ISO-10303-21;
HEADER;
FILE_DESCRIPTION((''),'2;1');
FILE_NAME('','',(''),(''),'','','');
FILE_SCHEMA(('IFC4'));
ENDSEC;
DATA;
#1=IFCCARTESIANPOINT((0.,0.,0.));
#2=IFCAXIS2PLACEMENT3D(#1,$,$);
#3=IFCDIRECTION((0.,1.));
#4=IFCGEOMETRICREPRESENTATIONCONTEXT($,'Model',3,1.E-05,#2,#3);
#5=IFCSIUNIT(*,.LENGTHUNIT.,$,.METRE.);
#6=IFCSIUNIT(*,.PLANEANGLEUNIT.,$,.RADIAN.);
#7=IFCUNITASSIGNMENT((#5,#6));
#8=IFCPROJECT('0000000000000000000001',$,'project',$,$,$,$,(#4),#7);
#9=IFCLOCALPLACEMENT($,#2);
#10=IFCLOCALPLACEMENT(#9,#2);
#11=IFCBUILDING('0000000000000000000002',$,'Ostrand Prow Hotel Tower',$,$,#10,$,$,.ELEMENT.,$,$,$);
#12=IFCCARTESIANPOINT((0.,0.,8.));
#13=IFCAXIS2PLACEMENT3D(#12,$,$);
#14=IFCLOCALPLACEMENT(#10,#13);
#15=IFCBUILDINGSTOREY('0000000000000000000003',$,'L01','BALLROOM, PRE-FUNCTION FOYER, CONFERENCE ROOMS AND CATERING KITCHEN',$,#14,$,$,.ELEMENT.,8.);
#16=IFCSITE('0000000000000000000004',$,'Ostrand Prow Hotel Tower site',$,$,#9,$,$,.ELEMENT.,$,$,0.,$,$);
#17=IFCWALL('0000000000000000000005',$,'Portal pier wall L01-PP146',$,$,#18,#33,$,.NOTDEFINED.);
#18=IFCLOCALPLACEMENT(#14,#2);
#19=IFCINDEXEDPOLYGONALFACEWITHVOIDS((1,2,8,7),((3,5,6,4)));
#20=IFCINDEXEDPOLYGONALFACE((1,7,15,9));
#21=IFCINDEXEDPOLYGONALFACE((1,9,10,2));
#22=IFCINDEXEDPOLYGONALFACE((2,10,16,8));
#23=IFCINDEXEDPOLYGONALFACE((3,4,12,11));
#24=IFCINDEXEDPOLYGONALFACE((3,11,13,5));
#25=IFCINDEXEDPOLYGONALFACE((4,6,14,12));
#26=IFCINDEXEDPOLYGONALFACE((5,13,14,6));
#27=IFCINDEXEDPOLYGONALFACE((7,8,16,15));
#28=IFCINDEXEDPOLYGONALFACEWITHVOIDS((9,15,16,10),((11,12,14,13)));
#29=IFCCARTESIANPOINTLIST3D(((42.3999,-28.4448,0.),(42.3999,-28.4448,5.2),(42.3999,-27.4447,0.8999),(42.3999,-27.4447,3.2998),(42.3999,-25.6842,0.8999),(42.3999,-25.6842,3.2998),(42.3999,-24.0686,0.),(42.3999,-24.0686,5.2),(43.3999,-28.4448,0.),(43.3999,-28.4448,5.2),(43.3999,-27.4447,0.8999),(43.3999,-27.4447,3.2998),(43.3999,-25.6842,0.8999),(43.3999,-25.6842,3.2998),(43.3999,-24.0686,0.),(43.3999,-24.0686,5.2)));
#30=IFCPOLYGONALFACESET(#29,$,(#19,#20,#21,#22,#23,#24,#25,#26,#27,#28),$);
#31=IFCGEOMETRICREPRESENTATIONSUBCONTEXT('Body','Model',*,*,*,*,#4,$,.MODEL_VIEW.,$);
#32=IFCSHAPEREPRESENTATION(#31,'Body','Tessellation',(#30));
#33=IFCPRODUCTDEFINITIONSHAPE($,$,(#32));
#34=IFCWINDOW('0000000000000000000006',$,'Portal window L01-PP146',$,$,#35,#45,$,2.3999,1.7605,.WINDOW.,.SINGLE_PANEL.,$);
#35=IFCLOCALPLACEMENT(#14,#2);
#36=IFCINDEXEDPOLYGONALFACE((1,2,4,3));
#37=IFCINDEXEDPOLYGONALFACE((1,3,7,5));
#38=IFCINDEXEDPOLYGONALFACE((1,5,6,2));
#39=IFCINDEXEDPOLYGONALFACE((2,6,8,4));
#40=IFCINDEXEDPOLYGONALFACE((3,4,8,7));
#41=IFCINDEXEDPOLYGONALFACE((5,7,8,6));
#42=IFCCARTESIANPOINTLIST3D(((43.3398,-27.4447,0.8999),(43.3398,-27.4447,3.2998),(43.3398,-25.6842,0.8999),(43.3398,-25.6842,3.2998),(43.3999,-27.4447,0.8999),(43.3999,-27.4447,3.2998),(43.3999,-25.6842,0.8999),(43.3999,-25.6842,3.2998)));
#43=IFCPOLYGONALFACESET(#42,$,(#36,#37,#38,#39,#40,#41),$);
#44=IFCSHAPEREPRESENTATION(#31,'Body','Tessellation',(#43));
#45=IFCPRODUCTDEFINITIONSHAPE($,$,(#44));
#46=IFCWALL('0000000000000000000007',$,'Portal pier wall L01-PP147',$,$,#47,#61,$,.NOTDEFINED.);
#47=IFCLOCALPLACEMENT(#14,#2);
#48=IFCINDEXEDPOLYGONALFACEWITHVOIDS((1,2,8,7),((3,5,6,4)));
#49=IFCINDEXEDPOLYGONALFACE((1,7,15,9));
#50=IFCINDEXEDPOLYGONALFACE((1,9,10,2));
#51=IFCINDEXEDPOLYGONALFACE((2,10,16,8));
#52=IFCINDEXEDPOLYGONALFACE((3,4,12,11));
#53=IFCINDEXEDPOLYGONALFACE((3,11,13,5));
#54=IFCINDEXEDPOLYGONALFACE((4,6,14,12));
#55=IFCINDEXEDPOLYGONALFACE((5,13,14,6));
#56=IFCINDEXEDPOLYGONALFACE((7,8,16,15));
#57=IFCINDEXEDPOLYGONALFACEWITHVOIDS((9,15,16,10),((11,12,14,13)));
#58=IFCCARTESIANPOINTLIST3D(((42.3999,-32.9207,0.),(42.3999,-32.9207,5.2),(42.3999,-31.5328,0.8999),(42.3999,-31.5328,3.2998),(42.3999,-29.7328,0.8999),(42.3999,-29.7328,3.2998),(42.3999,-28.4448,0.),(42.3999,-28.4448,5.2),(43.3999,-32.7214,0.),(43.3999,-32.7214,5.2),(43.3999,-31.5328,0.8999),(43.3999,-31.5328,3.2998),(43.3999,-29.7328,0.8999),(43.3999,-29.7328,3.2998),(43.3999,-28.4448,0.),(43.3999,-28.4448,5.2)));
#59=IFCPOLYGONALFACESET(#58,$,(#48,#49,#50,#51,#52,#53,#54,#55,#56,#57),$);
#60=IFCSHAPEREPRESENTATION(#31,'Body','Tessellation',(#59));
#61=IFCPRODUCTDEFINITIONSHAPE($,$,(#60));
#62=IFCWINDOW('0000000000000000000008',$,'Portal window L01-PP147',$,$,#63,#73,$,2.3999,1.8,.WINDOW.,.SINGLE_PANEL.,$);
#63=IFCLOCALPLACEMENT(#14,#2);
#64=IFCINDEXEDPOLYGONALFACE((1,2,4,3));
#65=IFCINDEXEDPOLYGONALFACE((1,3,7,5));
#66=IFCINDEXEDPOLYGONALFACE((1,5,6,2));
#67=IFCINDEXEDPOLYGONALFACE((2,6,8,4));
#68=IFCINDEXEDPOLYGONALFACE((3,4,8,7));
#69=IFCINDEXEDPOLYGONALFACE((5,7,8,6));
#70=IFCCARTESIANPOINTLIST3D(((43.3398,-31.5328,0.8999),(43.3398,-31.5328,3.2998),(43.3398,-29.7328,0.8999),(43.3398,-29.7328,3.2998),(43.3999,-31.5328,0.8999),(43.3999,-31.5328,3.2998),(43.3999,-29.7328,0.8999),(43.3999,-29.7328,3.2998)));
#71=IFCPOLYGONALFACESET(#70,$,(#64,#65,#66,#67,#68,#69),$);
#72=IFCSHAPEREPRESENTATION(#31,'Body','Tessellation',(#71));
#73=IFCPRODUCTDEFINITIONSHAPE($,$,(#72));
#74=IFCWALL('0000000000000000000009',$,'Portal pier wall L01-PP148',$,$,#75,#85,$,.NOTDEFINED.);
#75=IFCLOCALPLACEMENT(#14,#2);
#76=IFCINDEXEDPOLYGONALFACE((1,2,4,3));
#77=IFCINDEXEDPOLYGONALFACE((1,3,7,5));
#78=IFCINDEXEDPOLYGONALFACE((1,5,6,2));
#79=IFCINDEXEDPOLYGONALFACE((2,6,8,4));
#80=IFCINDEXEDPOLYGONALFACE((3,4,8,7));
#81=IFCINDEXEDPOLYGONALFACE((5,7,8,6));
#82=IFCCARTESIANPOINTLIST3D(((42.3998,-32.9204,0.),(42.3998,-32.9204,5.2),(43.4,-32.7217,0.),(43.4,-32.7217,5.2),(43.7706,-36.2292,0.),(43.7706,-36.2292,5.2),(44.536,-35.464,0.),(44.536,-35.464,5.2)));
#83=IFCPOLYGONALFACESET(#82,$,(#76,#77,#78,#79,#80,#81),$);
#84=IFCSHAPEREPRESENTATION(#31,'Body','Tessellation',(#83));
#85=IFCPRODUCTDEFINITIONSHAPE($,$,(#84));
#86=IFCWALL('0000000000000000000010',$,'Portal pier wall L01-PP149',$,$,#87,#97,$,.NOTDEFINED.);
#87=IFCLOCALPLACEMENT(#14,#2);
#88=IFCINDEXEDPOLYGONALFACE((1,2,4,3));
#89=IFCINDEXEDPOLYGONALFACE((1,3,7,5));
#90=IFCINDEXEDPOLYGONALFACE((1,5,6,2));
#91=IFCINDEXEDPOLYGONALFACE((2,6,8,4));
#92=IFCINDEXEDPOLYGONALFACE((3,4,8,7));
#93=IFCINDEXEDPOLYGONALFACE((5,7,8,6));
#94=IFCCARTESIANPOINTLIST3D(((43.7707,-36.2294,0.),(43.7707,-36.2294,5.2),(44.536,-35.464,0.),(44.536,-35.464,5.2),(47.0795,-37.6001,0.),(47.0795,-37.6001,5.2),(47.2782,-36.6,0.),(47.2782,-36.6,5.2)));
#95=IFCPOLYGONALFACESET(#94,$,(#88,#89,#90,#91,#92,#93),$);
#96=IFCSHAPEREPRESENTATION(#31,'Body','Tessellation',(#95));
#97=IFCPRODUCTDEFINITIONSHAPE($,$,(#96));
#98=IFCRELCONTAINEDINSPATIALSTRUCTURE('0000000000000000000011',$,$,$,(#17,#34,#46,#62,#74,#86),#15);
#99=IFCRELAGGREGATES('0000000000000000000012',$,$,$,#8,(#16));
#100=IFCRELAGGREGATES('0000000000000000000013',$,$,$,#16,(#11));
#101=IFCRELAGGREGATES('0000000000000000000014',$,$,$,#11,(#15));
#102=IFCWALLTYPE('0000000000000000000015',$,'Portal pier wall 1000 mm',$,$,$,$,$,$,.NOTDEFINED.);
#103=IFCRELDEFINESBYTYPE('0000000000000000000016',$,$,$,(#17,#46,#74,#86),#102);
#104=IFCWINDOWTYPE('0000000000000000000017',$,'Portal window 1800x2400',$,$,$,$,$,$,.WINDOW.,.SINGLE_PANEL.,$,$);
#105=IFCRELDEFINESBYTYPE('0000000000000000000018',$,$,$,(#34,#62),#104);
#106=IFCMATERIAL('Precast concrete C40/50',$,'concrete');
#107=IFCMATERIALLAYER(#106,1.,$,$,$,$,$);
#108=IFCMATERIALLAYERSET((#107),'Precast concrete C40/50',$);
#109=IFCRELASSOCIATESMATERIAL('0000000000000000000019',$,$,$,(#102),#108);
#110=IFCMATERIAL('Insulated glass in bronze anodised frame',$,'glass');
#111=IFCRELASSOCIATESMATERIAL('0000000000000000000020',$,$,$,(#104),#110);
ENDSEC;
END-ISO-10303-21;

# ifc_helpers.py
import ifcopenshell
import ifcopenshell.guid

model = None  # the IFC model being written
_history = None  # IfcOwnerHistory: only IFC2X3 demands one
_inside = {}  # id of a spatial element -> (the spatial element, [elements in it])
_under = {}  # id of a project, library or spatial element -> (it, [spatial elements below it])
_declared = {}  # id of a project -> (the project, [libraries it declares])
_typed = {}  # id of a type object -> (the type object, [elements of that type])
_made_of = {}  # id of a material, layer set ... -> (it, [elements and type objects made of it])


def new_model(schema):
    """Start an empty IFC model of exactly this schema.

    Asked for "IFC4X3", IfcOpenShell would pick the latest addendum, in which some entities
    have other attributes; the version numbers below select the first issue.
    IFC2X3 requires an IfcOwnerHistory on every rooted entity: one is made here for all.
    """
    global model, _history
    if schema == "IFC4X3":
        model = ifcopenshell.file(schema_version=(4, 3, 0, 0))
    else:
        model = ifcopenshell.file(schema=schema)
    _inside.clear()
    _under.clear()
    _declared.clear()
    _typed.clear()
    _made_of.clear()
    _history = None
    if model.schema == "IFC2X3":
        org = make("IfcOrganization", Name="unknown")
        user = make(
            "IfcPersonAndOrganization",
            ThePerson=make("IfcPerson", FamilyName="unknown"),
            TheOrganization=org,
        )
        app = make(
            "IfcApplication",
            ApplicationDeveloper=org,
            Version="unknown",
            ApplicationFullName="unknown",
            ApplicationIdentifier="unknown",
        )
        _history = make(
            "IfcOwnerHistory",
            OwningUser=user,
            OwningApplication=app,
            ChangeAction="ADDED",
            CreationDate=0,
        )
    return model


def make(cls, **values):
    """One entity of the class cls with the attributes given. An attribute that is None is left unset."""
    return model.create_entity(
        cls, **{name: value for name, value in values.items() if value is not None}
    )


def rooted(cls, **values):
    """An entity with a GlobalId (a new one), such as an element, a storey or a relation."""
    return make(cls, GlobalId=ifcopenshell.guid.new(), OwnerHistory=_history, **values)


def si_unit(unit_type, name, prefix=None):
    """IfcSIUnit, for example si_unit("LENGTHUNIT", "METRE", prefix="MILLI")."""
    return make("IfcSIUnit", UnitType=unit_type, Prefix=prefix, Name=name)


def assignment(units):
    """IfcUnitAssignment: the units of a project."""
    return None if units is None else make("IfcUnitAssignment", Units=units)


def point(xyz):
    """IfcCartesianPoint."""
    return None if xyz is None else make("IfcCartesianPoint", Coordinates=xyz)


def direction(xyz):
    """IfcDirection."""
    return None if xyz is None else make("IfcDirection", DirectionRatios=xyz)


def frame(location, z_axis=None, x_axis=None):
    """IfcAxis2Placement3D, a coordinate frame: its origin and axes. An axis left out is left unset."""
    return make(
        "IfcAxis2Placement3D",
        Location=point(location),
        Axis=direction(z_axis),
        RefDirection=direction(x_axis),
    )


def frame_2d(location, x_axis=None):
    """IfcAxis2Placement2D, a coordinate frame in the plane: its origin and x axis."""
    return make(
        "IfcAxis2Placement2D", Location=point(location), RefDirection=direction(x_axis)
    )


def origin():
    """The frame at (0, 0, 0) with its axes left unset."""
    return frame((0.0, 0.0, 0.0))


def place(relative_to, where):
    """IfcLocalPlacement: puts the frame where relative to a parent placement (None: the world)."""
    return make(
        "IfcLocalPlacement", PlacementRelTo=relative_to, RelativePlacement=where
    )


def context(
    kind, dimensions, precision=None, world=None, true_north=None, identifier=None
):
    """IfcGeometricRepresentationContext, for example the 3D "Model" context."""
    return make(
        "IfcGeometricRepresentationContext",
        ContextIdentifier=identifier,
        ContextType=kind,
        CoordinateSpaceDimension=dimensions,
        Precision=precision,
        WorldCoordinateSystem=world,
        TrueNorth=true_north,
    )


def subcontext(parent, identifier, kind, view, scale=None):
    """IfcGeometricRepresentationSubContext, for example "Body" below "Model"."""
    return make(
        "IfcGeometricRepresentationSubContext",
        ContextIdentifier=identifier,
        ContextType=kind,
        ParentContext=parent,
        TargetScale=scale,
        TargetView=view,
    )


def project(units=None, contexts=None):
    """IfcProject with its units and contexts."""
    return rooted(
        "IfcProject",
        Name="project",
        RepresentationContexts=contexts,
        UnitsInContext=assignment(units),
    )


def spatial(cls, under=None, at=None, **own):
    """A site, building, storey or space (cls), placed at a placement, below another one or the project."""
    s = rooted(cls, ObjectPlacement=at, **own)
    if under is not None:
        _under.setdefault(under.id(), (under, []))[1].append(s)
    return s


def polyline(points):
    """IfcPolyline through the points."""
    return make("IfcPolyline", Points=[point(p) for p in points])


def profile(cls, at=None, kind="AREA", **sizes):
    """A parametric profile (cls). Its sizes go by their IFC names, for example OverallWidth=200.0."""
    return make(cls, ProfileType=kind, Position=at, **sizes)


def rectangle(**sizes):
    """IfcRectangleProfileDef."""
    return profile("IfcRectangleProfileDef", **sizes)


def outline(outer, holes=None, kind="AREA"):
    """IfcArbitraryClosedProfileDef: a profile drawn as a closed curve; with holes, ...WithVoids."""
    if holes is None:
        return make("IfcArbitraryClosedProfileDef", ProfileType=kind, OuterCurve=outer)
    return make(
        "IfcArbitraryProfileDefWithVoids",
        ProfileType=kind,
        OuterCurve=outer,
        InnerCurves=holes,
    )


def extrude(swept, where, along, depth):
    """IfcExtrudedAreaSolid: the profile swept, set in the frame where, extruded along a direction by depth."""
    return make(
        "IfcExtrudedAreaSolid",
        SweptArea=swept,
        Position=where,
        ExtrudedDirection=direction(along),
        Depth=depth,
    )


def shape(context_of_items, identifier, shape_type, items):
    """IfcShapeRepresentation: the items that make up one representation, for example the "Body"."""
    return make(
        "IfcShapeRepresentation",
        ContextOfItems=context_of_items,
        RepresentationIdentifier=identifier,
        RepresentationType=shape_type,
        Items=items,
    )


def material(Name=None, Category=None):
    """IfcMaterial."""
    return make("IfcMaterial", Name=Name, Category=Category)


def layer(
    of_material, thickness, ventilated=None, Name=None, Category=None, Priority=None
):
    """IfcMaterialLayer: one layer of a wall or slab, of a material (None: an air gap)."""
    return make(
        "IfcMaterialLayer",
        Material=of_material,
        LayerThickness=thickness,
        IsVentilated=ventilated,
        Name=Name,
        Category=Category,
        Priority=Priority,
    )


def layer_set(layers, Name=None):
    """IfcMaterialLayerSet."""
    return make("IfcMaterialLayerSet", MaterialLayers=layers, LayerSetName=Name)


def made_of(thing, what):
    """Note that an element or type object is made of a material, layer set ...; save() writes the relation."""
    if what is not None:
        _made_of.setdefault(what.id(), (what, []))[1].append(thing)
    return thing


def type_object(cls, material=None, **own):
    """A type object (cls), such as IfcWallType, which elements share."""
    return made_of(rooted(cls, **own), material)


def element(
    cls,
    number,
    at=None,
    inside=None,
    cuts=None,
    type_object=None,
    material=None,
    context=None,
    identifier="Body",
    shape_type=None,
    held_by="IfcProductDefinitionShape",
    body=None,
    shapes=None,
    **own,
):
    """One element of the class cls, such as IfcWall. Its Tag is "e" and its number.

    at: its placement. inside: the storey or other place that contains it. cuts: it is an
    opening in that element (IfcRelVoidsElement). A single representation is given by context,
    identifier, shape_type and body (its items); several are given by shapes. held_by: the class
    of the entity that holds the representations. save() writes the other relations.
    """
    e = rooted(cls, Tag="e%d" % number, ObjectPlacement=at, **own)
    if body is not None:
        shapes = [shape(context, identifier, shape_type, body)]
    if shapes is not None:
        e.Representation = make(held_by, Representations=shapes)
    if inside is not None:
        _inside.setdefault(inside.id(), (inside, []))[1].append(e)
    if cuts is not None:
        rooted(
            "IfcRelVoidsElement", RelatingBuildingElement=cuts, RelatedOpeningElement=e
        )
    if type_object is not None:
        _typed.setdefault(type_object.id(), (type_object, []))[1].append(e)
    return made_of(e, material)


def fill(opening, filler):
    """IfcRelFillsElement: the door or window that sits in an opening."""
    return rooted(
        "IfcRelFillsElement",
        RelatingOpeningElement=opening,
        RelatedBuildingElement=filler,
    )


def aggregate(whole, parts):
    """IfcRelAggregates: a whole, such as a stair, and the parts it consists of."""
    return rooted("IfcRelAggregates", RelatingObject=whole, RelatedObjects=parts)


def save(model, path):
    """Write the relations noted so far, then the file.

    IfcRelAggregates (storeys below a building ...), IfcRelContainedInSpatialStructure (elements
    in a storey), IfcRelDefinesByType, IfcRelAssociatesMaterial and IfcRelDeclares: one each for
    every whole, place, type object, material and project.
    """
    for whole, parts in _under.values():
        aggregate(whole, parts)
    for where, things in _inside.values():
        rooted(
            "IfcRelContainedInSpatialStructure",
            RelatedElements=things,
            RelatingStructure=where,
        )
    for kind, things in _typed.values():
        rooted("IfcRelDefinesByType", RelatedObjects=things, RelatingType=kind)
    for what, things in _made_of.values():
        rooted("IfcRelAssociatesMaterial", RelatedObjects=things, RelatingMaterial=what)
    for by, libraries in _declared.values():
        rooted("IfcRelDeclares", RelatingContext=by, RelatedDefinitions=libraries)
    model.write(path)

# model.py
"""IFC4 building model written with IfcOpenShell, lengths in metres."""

from ifc_helpers import new_model, si_unit, direction, frame, frame_2d, origin, place, context, subcontext, project, spatial, polyline, rectangle, outline, extrude, material, layer, layer_set, type_object, element, fill, save


model = new_model("IFC4")

# Units and contexts
model_context = context("Model", 3, precision=1e-05, world=origin(), true_north=direction((0.0, 1.0)))
body_context = subcontext(model_context, "Body", "Model", "MODEL_VIEW")
ifc_project = project(units=[si_unit("LENGTHUNIT", "METRE"), si_unit("PLANEANGLEUNIT", "RADIAN")], contexts=[model_context])

# Site, building, storey
site_placement = place(None, origin())
site = spatial("IfcSite", under=ifc_project, at=site_placement, Name="Ostrand Prow Hotel Tower site", CompositionType="ELEMENT", RefElevation=0.0)
building_placement = place(site_placement, origin())
building = spatial("IfcBuilding", under=site, at=building_placement, Name="Ostrand Prow Hotel Tower", CompositionType="ELEMENT")
storey_placement = place(building_placement, frame((0.0, 0.0, 8.0)))
storey = spatial("IfcBuildingStorey", under=building, at=storey_placement, Name="L01", Description="BALLROOM, PRE-FUNCTION FOYER, CONFERENCE ROOMS AND CATERING KITCHEN", CompositionType="ELEMENT", Elevation=8.0)

# Shared definitions
ifc_material_1 = material(Name="Precast concrete C40/50", Category="concrete")
ifc_layer_1 = layer(ifc_material_1, 1.0)
ifc_layer_set_1 = layer_set([ifc_layer_1], Name="Precast concrete C40/50")
wall_type_1 = type_object("IfcWallType", Name="Portal pier wall 1000 mm", PredefinedType="NOTDEFINED", material=ifc_layer_set_1)
ifc_material_2 = material(Name="Insulated glass in bronze anodised frame", Category="glass")
window_type = type_object("IfcWindowType", Name="Portal window 1800x2400", PartitioningType="SINGLE_PANEL", PredefinedType="WINDOW", material=ifc_material_2)

# Walls, openings, windows
wall_1_placement = place(storey_placement, frame((42.8999, -24.0686, 0.0), z_axis=(0.0, 0.0, 1.0), x_axis=(0.0, -1.0, 0.0)))
wall_1 = element("IfcWall", 1, at=wall_1_placement, inside=storey, type_object=wall_type_1, Name="Portal pier wall L01-PP146", PredefinedType="NOTDEFINED", context=body_context, shape_type="SweptSolid", body=[
    extrude(outline(polyline([(0.0, -0.5), (4.3762, -0.5), (4.3762, 0.5), (0.0, 0.5), (0.0, -0.5)])), origin(), (0.0, 0.0, 1.0), 5.2),
])
opening_1_placement = place(wall_1_placement, frame((1.6155, 0.0, 0.8999)))
opening_1 = element("IfcOpeningElement", 2, at=opening_1_placement, cuts=wall_1, PredefinedType="OPENING", context=body_context, shape_type="SweptSolid", body=[
    extrude(rectangle(XDim=1.7605, YDim=2.3999, at=frame_2d((0.8804, 1.2))), frame((0.0, 0.51, 0.0), z_axis=(0.0, -1.0, 0.0), x_axis=(1.0, 0.0, 0.0)), (0.0, 0.0, 1.0), 1.02),
])
window_1_placement = place(opening_1_placement, origin())
window_1 = element("IfcWindow", 3, at=window_1_placement, inside=storey, type_object=window_type, Name="Portal window L01-PP146", OverallHeight=2.3999, OverallWidth=1.7605, PartitioningType="SINGLE_PANEL", PredefinedType="WINDOW", context=body_context, shape_type="SweptSolid", body=[
    extrude(rectangle(XDim=1.7605, YDim=2.3999, at=frame_2d((0.8804, 1.2))), frame((0.0, 0.5, 0.0), z_axis=(0.0, -1.0, 0.0), x_axis=(1.0, 0.0, 0.0)), (0.0, 0.0, 1.0), 0.0601),
])
fill(opening_1, window_1)
wall_2_placement = place(storey_placement, frame((42.8999, -28.4448, 0.0), z_axis=(0.0, 0.0, 1.0), x_axis=(0.0, -1.0, 0.0)))
wall_2 = element("IfcWall", 4, at=wall_2_placement, inside=storey, type_object=wall_type_1, Name="Portal pier wall L01-PP147", PredefinedType="NOTDEFINED", context=body_context, shape_type="SweptSolid", body=[
    extrude(outline(polyline([(0.0, -0.5), (4.4758, -0.5), (4.2766, 0.5), (0.0, 0.5), (0.0, -0.5)])), origin(), (0.0, 0.0, 1.0), 5.2),
])
opening_2_placement = place(wall_2_placement, frame((1.2881, 0.0, 0.8999)))
opening_2 = element("IfcOpeningElement", 5, at=opening_2_placement, cuts=wall_2, PredefinedType="OPENING", context=body_context, shape_type="SweptSolid", body=[
    extrude(rectangle(XDim=1.8, YDim=2.3999, at=frame_2d((0.8999, 1.2))), frame((0.0, 0.51, 0.0), z_axis=(0.0, -1.0, 0.0), x_axis=(1.0, 0.0, 0.0)), (0.0, 0.0, 1.0), 1.02),
])
window_2_placement = place(opening_2_placement, origin())
window_2 = element("IfcWindow", 6, at=window_2_placement, inside=storey, type_object=window_type, Name="Portal window L01-PP147", OverallHeight=2.3999, OverallWidth=1.8, PartitioningType="SINGLE_PANEL", PredefinedType="WINDOW", context=body_context, shape_type="SweptSolid", body=[
    extrude(rectangle(XDim=1.8, YDim=2.3999, at=frame_2d((0.8999, 1.2))), frame((0.0, 0.5, 0.0), z_axis=(0.0, -1.0, 0.0), x_axis=(1.0, 0.0, 0.0)), (0.0, 0.0, 1.0), 0.0601),
])
fill(opening_2, window_2)

# Walls
wall_3_placement = place(storey_placement, frame((42.8999, -32.821, 0.0), z_axis=(0.0, 0.0, 1.0), x_axis=(0.382725, -0.923862, 0.0)))
element("IfcWall", 7, at=wall_3_placement, inside=storey, type_object=wall_type_1, Name="Portal pier wall L01-PP148", PredefinedType="NOTDEFINED", context=body_context, shape_type="SweptSolid", body=[
    extrude(outline(polyline([(-0.0996, -0.5), (3.4819, -0.5), (3.0679, 0.5), (0.0996, 0.5), (-0.0996, -0.5)])), origin(), (0.0, 0.0, 1.0), 5.2),
])
wall_4_placement = place(storey_placement, frame((44.1533, -35.8467, 0.0), z_axis=(0.0, 0.0, 1.0), x_axis=(0.923862, -0.382725, 0.0)))
element("IfcWall", 8, at=wall_4_placement, inside=storey, type_object=wall_type_1, Name="Portal pier wall L01-PP149", PredefinedType="NOTDEFINED", context=body_context, shape_type="SweptSolid", body=[
    extrude(outline(polyline([(-0.207, -0.5), (3.3745, -0.5), (3.1753, 0.5), (0.207, 0.5), (-0.207, -0.5)])), origin(), (0.0, 0.0, 1.0), 5.2),
])

save(model, "model.ifc")
